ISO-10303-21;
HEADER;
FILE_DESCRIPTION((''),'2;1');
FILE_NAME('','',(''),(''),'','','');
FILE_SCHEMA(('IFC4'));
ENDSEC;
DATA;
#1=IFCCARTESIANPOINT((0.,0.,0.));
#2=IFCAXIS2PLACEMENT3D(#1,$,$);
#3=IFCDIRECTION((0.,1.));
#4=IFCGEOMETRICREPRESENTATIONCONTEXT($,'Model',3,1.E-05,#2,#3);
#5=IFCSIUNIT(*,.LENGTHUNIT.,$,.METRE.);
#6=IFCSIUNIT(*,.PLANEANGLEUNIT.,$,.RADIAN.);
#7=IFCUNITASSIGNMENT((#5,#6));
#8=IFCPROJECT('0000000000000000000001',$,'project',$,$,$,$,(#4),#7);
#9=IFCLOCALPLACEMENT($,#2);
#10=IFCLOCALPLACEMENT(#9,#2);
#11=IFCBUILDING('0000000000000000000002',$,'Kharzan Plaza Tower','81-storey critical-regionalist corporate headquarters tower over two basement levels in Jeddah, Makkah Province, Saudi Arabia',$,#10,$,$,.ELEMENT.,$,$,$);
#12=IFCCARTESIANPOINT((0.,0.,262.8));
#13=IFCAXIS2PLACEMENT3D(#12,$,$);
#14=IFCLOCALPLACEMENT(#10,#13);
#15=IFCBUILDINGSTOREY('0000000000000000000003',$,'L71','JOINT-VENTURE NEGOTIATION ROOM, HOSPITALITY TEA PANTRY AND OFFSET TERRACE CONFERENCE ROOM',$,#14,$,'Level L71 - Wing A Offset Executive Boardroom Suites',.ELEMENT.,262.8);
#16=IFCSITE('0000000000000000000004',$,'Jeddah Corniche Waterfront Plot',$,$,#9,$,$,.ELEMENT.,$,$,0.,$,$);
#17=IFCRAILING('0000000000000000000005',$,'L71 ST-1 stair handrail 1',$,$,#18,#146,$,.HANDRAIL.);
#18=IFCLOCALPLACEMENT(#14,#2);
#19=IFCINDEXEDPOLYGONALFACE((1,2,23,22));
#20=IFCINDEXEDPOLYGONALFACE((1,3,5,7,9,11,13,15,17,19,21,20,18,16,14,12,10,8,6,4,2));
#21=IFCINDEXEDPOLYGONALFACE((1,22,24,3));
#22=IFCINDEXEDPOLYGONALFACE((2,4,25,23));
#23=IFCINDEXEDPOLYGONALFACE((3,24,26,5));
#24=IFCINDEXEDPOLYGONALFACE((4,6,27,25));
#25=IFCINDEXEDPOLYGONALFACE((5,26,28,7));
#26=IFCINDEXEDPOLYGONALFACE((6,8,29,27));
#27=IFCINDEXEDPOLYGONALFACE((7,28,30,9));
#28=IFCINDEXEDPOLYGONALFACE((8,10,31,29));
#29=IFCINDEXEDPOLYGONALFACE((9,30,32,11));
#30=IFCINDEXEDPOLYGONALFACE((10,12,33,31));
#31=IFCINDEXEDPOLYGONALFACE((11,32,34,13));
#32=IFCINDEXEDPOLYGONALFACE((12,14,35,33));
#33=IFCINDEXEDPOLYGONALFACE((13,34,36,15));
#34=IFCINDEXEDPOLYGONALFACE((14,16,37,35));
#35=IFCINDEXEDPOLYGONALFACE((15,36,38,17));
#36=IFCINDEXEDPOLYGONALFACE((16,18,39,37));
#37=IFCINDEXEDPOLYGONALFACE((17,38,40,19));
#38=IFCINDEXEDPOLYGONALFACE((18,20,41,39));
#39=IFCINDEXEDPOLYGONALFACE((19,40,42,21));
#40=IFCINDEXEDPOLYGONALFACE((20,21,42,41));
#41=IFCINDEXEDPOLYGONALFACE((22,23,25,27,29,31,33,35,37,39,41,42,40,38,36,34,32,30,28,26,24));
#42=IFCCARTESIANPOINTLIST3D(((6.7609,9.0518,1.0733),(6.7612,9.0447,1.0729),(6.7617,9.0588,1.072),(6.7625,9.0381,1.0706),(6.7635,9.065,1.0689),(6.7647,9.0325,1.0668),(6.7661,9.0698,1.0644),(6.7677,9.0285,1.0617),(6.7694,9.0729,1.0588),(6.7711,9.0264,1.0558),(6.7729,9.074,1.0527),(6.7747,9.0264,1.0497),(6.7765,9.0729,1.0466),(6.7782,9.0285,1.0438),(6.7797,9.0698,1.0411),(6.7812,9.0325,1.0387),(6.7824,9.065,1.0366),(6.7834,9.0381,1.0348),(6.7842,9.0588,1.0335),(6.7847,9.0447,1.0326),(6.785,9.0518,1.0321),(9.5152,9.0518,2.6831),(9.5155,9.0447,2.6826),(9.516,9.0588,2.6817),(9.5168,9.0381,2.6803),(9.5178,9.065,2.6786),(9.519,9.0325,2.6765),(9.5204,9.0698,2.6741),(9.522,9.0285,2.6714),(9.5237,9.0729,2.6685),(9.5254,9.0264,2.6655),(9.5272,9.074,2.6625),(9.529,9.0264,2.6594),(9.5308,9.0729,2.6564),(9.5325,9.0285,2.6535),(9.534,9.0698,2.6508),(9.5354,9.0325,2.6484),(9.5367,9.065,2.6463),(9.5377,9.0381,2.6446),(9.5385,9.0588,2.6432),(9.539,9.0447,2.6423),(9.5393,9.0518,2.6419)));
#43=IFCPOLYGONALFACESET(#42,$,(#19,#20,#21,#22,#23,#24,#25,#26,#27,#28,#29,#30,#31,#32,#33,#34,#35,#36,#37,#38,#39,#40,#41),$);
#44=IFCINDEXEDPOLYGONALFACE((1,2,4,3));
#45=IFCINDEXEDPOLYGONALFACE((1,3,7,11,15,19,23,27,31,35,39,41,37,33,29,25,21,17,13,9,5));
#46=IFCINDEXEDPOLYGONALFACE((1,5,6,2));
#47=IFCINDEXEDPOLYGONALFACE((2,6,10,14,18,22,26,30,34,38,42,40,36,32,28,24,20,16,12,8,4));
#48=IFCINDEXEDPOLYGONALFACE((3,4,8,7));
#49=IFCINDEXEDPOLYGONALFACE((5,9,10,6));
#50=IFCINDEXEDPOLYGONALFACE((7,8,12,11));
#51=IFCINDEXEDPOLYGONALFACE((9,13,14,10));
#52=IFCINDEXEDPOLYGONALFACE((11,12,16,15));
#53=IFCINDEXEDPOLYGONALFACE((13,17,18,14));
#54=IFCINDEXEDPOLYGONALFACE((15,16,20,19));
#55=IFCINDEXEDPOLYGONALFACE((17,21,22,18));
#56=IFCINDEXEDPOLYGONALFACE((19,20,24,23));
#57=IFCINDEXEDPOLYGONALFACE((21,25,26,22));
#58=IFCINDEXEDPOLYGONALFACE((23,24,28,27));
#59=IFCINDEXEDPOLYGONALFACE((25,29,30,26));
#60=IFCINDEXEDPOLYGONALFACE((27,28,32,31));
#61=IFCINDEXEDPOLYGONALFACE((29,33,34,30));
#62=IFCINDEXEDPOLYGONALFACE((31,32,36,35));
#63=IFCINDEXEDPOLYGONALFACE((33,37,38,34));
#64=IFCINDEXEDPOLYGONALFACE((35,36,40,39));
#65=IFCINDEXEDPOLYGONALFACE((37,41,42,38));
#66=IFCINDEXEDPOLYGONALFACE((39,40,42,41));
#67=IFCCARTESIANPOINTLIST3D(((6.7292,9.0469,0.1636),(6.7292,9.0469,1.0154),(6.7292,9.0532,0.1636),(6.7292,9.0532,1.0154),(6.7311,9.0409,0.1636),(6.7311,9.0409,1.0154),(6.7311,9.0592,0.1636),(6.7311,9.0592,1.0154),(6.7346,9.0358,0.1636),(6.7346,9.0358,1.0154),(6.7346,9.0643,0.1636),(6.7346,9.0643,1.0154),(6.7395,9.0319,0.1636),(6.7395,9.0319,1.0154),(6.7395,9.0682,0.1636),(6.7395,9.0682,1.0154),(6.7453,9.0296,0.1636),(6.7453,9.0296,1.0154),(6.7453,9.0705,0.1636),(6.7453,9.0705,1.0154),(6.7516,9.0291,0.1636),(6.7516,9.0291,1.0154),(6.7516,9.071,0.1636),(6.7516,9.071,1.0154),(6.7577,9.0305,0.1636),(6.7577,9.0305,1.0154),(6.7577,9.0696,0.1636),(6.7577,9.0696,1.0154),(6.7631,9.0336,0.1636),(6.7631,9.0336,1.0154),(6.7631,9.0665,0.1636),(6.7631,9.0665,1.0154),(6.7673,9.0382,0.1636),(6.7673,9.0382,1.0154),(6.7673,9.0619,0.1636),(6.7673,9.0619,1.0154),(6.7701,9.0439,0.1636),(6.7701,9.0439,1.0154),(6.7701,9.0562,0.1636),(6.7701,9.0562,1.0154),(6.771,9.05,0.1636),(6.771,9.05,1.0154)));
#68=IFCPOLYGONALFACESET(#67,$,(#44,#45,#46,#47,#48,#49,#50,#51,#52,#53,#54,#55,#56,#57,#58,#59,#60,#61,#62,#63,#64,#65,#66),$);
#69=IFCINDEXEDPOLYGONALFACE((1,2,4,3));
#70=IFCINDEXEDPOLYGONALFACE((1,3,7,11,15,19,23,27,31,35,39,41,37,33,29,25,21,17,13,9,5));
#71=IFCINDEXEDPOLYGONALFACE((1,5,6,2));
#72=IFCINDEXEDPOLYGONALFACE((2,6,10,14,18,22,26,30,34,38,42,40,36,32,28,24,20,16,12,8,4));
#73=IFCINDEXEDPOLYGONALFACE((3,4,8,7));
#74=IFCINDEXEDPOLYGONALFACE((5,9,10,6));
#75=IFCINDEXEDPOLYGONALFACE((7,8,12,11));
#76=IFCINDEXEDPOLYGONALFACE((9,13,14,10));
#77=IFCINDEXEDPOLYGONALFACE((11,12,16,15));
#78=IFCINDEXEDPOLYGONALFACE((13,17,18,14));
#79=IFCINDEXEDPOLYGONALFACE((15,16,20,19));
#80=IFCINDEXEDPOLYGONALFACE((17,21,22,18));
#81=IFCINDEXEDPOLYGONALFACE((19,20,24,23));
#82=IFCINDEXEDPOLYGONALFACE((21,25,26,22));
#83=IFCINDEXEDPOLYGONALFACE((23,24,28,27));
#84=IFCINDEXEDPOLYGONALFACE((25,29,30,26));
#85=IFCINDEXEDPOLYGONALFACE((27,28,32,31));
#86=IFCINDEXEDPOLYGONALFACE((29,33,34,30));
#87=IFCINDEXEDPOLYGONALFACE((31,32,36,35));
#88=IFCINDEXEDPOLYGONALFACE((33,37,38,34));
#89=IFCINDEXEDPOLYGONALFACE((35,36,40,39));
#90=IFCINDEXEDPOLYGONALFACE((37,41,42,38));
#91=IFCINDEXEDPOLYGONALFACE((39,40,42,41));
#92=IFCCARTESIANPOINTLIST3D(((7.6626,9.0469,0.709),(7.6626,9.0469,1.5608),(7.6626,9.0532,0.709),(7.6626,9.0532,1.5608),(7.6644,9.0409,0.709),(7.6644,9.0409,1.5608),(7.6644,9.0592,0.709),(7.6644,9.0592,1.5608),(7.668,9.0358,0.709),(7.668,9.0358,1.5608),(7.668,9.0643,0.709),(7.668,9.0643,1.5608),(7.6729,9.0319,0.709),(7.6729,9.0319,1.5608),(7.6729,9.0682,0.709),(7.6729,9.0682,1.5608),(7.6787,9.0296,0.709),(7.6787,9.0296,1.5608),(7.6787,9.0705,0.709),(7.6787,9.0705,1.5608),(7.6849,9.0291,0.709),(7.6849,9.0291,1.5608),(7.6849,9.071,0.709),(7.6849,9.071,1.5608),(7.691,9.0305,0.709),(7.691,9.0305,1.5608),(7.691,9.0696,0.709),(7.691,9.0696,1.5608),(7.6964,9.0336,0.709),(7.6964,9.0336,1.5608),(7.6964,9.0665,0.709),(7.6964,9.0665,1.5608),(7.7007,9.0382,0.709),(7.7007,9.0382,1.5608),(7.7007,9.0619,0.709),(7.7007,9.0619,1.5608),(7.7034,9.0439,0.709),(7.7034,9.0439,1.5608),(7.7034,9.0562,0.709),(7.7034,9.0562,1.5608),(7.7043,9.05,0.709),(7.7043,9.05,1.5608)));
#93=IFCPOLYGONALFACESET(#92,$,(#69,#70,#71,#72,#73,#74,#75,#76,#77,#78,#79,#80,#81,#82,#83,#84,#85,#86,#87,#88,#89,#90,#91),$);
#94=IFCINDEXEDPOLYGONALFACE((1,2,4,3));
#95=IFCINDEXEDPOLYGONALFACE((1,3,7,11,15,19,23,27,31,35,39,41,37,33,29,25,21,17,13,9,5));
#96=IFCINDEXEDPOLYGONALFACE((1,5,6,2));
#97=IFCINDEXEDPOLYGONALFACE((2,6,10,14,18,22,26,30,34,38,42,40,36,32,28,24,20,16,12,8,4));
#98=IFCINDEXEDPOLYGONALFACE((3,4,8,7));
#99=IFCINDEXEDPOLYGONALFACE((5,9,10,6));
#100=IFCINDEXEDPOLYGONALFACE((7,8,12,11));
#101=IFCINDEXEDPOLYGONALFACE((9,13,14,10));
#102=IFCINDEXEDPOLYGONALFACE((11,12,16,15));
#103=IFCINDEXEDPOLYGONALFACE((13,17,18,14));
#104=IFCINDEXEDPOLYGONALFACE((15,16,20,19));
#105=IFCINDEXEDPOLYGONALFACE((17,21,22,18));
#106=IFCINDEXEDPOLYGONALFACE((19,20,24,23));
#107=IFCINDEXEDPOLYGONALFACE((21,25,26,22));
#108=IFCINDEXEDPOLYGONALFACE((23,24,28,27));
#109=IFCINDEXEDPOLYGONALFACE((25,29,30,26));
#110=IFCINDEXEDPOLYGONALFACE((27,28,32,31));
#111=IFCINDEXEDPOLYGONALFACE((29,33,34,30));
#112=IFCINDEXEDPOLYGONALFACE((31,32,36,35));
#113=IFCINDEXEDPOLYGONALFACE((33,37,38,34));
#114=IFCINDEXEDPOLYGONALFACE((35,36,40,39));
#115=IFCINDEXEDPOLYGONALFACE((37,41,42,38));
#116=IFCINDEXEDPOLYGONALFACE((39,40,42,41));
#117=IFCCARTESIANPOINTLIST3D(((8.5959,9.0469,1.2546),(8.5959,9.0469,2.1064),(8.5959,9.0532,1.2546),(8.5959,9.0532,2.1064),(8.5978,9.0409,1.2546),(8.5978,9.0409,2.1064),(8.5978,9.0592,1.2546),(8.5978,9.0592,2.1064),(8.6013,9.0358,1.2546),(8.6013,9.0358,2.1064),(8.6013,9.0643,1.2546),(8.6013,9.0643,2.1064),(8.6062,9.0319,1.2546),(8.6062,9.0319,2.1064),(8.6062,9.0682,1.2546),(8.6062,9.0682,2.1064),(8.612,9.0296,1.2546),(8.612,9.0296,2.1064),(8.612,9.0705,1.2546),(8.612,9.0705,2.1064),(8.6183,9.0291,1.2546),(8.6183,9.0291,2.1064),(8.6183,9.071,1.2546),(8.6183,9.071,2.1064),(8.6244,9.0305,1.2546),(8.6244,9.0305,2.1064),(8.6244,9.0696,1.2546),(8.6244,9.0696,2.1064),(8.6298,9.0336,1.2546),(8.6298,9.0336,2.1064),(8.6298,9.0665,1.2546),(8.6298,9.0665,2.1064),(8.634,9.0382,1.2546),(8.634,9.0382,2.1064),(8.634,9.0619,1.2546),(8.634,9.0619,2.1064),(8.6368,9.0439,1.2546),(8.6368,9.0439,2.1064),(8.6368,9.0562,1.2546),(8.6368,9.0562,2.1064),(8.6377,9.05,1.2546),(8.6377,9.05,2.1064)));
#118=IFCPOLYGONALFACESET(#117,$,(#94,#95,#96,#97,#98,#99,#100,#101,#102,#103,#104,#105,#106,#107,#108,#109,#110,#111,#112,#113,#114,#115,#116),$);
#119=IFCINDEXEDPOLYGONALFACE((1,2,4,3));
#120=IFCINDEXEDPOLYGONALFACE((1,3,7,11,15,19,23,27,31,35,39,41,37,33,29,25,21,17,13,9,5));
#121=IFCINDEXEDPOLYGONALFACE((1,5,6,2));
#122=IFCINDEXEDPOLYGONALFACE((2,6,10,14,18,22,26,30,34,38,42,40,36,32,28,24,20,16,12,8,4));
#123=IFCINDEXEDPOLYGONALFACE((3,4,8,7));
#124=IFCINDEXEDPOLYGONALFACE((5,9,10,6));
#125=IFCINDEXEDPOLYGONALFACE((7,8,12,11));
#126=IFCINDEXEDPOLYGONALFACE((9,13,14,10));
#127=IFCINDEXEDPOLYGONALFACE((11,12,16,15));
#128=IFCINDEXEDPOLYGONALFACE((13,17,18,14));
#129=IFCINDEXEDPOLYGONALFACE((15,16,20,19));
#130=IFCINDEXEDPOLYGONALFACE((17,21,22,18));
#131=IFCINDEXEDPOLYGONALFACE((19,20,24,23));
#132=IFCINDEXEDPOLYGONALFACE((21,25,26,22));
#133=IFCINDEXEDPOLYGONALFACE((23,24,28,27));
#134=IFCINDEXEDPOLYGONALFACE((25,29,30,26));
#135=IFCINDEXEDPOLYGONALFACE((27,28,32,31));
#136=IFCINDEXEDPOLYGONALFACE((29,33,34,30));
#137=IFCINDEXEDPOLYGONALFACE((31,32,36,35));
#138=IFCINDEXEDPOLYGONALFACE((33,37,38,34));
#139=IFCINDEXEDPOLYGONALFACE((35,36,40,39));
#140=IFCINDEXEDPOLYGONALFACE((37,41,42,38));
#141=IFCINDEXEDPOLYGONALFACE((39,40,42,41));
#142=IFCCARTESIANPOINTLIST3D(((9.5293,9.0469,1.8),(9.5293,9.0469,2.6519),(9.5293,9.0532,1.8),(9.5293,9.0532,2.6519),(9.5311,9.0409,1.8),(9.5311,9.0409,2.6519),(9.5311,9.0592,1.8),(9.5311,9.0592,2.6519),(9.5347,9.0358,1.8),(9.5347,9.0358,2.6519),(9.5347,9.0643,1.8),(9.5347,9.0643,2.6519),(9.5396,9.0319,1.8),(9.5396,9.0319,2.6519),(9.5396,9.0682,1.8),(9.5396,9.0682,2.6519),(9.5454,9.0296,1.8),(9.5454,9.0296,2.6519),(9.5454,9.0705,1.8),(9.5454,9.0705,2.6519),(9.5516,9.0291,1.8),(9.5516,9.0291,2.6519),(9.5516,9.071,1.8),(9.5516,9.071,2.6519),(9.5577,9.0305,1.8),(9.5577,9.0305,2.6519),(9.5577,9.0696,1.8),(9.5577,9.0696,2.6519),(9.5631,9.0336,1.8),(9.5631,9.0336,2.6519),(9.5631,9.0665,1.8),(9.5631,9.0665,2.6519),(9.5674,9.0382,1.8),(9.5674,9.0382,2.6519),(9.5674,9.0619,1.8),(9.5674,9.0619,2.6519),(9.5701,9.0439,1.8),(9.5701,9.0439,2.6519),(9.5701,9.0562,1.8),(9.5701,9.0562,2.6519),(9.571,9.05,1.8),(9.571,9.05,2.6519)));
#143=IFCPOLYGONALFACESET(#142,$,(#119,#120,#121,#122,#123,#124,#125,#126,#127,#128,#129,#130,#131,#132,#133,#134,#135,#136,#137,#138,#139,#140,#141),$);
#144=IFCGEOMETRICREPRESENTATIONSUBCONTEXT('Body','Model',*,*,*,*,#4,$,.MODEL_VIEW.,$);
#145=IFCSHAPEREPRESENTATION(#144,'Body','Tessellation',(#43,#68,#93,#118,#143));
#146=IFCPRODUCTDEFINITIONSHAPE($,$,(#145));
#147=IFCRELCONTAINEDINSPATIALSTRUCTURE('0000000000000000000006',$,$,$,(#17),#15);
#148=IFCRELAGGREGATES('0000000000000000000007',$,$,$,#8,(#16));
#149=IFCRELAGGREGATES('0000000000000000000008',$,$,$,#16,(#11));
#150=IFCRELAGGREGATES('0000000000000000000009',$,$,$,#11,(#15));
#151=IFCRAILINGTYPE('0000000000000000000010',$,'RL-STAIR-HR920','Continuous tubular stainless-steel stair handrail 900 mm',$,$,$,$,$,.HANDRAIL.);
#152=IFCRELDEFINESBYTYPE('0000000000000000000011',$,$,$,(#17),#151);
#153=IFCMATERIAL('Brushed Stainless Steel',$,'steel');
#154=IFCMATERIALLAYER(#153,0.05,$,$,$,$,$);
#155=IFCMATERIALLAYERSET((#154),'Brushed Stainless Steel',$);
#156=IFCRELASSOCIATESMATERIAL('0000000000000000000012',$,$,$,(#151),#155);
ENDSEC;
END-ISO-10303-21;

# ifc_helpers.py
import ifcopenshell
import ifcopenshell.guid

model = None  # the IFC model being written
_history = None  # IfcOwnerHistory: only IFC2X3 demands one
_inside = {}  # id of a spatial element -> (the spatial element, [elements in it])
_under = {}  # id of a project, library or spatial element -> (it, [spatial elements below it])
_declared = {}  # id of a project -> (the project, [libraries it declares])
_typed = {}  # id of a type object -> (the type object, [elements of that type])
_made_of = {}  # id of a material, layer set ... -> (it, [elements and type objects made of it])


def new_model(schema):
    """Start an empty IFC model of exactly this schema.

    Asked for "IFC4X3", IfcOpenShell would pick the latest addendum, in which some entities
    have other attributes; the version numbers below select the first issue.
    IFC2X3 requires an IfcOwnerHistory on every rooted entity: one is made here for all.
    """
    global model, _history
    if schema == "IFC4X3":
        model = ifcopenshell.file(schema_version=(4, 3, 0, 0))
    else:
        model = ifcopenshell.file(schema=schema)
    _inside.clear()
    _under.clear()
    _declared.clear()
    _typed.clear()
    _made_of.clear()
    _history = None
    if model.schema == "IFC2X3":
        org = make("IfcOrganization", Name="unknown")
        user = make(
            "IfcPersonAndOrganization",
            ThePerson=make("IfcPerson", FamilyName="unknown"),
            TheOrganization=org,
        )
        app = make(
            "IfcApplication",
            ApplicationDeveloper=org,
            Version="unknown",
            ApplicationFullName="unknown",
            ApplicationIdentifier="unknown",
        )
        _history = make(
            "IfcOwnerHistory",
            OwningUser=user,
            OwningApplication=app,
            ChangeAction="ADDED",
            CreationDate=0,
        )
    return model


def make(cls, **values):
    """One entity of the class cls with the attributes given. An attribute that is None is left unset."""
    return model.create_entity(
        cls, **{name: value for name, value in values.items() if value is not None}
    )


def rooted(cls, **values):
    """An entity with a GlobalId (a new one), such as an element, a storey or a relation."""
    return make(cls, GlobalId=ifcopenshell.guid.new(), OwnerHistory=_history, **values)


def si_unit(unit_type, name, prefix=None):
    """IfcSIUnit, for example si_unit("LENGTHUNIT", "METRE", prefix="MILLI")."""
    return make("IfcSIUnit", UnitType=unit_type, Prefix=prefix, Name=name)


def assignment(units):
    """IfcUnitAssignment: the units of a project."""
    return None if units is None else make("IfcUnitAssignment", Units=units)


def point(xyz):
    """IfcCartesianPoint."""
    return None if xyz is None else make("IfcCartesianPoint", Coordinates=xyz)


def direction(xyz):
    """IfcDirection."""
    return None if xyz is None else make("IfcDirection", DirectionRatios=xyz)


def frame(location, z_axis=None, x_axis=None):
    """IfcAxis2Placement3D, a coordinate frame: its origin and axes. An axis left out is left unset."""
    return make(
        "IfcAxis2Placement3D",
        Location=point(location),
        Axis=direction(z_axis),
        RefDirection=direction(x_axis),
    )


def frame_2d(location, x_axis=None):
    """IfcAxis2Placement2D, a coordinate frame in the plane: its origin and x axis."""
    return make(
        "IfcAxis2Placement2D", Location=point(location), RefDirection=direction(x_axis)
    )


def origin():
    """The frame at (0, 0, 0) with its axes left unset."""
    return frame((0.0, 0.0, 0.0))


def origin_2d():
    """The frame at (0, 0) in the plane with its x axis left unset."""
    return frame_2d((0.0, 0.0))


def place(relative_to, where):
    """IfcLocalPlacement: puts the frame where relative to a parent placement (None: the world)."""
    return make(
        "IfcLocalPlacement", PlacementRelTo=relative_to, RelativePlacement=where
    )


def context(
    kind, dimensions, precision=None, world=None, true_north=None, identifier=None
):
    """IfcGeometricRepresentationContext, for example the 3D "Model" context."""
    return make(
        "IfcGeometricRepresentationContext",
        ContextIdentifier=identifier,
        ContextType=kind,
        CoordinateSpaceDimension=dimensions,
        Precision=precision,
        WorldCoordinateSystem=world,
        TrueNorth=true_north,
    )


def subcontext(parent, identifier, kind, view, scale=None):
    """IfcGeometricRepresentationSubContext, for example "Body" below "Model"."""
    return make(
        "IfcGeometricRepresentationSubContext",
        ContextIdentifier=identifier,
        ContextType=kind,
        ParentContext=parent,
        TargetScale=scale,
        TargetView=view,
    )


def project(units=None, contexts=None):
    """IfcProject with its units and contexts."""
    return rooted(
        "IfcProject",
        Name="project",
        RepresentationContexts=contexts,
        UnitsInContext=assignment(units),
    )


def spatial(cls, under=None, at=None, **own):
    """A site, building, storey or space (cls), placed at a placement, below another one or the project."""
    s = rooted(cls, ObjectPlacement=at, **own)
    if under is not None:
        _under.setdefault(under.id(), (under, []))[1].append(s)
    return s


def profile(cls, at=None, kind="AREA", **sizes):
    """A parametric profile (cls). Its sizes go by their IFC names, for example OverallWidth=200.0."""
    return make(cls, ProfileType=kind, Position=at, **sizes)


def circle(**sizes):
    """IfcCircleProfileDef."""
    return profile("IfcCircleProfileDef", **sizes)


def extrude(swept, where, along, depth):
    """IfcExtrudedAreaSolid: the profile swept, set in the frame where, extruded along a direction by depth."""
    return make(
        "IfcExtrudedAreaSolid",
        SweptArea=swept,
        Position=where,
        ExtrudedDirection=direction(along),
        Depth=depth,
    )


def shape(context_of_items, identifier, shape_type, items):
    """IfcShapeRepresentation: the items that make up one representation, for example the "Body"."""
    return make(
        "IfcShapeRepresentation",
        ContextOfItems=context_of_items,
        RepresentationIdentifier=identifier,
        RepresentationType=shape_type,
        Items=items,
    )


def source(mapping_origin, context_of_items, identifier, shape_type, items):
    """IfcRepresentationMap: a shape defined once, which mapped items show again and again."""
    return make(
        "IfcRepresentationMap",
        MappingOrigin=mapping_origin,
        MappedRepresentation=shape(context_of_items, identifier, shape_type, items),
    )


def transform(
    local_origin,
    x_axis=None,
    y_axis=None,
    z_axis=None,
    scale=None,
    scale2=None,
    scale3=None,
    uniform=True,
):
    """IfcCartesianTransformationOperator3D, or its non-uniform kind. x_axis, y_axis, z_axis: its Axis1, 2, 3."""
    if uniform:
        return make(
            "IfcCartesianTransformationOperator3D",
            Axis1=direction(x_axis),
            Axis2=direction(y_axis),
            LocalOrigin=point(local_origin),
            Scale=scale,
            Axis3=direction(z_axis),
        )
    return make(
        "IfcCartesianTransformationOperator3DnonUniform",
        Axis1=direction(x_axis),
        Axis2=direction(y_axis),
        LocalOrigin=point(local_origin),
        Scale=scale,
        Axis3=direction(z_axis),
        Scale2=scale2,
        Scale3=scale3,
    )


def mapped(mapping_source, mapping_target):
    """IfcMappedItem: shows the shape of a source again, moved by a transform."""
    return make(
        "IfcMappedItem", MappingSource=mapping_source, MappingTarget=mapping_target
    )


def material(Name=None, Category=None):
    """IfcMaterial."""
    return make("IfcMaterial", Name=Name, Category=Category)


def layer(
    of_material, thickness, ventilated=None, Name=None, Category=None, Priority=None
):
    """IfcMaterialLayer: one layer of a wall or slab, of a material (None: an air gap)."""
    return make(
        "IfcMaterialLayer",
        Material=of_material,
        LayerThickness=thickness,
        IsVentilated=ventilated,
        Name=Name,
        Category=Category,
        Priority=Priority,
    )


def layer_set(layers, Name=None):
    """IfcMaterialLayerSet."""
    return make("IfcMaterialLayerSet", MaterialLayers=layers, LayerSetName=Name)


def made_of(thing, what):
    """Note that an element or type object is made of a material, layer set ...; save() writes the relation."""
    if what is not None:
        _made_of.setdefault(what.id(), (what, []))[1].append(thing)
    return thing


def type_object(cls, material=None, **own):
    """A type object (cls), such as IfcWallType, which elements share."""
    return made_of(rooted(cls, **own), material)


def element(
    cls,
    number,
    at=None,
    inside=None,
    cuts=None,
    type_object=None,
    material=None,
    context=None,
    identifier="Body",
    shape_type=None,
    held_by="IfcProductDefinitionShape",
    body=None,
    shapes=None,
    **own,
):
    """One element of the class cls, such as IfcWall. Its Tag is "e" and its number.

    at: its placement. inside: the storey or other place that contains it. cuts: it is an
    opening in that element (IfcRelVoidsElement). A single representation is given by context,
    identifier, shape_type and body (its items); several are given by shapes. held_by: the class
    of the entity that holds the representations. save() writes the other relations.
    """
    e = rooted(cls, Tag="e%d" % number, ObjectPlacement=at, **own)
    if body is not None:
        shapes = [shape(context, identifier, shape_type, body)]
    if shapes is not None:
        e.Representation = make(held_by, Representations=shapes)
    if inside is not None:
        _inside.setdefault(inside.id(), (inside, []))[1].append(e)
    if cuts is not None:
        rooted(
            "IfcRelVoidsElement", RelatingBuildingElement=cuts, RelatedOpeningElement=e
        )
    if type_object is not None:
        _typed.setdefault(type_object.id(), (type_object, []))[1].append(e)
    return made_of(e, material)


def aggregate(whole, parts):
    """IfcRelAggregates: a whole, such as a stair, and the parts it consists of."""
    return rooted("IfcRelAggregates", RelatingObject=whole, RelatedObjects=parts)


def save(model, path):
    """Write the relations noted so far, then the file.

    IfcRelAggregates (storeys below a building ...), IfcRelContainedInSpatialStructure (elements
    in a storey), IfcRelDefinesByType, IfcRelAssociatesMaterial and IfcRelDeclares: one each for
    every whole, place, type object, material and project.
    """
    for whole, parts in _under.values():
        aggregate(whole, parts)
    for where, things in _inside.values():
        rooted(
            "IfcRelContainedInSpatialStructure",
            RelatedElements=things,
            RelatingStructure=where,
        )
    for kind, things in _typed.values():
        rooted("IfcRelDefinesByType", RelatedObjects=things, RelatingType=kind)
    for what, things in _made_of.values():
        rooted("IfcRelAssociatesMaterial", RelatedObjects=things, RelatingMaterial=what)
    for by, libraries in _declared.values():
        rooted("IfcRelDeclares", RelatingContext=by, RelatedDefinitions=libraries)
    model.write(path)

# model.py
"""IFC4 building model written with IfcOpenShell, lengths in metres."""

from ifc_helpers import new_model, si_unit, direction, frame, origin, origin_2d, place, context, subcontext, project, spatial, circle, extrude, source, transform, mapped, material, layer, layer_set, type_object, element, save


model = new_model("IFC4")

# Units and contexts
model_context = context("Model", 3, precision=1e-05, world=origin(), true_north=direction((0.0, 1.0)))
body_context = subcontext(model_context, "Body", "Model", "MODEL_VIEW")
ifc_project = project(units=[si_unit("LENGTHUNIT", "METRE"), si_unit("PLANEANGLEUNIT", "RADIAN")], contexts=[model_context])

# Site, building, storey
site_placement = place(None, origin())
site = spatial("IfcSite", under=ifc_project, at=site_placement, Name="Jeddah Corniche Waterfront Plot", CompositionType="ELEMENT", RefElevation=0.0)
building_placement = place(site_placement, origin())
building = spatial("IfcBuilding", under=site, at=building_placement, Name="Kharzan Plaza Tower", Description="81-storey critical-regionalist corporate headquarters tower over two basement levels in Jeddah, Makkah Province, Saudi Arabia", CompositionType="ELEMENT")
storey_placement = place(building_placement, frame((0.0, 0.0, 262.8)))
storey = spatial("IfcBuildingStorey", under=building, at=storey_placement, Name="L71", Description="JOINT-VENTURE NEGOTIATION ROOM, HOSPITALITY TEA PANTRY AND OFFSET TERRACE CONFERENCE ROOM", LongName="Level L71 - Wing A Offset Executive Boardroom Suites", CompositionType="ELEMENT", Elevation=262.8)

# Shared definitions
ifc_material_1 = material(Name="Brushed Stainless Steel", Category="steel")

# Railing
ifc_layer_1 = layer(ifc_material_1, 0.05)
ifc_layer_set_1 = layer_set([ifc_layer_1], Name="Brushed Stainless Steel")
railing_type_1 = type_object("IfcRailingType", Name="RL-STAIR-HR920", Description="Continuous tubular stainless-steel stair handrail 900 mm", PredefinedType="HANDRAIL", material=ifc_layer_set_1)
shared_shape_1 = source(origin(), body_context, "Body", "SweptSolid", [
    extrude(circle(Radius=0.0239, at=origin_2d()), frame((0.0229, 0.0, 0.8892), z_axis=(0.863361, 0.0, 0.504587), x_axis=(0.0, 1.0, 0.0)), (0.0, 0.0, 1.0), 3.1902),
    extrude(circle(Radius=0.021, at=origin_2d()), origin(), (0.0, 0.0, 1.0), 0.8518),
    extrude(circle(Radius=0.021, at=origin_2d()), frame((0.9333, 0.0, 0.5454)), (0.0, 0.0, 1.0), 0.8518),
    extrude(circle(Radius=0.021, at=origin_2d()), frame((1.8667, 0.0, 1.0911)), (0.0, 0.0, 1.0), 0.8518),
    extrude(circle(Radius=0.021, at=origin_2d()), frame((2.8, 0.0, 1.6365)), (0.0, 0.0, 1.0), 0.8518),
])
railing_1_placement = place(storey_placement, frame((6.75, 9.05, 0.1636)))
element("IfcRailing", 1, at=railing_1_placement, inside=storey, type_object=railing_type_1, Name="L71 ST-1 stair handrail 1", PredefinedType="HANDRAIL", context=body_context, shape_type="MappedRepresentation", body=[
    mapped(shared_shape_1, transform((0.0, 0.0, 0.0), x_axis=(1.0, 0.0, 0.0), y_axis=(0.0, 1.0, 0.0), z_axis=(0.0, 0.0, 1.0))),
])

save(model, "model.ifc")
